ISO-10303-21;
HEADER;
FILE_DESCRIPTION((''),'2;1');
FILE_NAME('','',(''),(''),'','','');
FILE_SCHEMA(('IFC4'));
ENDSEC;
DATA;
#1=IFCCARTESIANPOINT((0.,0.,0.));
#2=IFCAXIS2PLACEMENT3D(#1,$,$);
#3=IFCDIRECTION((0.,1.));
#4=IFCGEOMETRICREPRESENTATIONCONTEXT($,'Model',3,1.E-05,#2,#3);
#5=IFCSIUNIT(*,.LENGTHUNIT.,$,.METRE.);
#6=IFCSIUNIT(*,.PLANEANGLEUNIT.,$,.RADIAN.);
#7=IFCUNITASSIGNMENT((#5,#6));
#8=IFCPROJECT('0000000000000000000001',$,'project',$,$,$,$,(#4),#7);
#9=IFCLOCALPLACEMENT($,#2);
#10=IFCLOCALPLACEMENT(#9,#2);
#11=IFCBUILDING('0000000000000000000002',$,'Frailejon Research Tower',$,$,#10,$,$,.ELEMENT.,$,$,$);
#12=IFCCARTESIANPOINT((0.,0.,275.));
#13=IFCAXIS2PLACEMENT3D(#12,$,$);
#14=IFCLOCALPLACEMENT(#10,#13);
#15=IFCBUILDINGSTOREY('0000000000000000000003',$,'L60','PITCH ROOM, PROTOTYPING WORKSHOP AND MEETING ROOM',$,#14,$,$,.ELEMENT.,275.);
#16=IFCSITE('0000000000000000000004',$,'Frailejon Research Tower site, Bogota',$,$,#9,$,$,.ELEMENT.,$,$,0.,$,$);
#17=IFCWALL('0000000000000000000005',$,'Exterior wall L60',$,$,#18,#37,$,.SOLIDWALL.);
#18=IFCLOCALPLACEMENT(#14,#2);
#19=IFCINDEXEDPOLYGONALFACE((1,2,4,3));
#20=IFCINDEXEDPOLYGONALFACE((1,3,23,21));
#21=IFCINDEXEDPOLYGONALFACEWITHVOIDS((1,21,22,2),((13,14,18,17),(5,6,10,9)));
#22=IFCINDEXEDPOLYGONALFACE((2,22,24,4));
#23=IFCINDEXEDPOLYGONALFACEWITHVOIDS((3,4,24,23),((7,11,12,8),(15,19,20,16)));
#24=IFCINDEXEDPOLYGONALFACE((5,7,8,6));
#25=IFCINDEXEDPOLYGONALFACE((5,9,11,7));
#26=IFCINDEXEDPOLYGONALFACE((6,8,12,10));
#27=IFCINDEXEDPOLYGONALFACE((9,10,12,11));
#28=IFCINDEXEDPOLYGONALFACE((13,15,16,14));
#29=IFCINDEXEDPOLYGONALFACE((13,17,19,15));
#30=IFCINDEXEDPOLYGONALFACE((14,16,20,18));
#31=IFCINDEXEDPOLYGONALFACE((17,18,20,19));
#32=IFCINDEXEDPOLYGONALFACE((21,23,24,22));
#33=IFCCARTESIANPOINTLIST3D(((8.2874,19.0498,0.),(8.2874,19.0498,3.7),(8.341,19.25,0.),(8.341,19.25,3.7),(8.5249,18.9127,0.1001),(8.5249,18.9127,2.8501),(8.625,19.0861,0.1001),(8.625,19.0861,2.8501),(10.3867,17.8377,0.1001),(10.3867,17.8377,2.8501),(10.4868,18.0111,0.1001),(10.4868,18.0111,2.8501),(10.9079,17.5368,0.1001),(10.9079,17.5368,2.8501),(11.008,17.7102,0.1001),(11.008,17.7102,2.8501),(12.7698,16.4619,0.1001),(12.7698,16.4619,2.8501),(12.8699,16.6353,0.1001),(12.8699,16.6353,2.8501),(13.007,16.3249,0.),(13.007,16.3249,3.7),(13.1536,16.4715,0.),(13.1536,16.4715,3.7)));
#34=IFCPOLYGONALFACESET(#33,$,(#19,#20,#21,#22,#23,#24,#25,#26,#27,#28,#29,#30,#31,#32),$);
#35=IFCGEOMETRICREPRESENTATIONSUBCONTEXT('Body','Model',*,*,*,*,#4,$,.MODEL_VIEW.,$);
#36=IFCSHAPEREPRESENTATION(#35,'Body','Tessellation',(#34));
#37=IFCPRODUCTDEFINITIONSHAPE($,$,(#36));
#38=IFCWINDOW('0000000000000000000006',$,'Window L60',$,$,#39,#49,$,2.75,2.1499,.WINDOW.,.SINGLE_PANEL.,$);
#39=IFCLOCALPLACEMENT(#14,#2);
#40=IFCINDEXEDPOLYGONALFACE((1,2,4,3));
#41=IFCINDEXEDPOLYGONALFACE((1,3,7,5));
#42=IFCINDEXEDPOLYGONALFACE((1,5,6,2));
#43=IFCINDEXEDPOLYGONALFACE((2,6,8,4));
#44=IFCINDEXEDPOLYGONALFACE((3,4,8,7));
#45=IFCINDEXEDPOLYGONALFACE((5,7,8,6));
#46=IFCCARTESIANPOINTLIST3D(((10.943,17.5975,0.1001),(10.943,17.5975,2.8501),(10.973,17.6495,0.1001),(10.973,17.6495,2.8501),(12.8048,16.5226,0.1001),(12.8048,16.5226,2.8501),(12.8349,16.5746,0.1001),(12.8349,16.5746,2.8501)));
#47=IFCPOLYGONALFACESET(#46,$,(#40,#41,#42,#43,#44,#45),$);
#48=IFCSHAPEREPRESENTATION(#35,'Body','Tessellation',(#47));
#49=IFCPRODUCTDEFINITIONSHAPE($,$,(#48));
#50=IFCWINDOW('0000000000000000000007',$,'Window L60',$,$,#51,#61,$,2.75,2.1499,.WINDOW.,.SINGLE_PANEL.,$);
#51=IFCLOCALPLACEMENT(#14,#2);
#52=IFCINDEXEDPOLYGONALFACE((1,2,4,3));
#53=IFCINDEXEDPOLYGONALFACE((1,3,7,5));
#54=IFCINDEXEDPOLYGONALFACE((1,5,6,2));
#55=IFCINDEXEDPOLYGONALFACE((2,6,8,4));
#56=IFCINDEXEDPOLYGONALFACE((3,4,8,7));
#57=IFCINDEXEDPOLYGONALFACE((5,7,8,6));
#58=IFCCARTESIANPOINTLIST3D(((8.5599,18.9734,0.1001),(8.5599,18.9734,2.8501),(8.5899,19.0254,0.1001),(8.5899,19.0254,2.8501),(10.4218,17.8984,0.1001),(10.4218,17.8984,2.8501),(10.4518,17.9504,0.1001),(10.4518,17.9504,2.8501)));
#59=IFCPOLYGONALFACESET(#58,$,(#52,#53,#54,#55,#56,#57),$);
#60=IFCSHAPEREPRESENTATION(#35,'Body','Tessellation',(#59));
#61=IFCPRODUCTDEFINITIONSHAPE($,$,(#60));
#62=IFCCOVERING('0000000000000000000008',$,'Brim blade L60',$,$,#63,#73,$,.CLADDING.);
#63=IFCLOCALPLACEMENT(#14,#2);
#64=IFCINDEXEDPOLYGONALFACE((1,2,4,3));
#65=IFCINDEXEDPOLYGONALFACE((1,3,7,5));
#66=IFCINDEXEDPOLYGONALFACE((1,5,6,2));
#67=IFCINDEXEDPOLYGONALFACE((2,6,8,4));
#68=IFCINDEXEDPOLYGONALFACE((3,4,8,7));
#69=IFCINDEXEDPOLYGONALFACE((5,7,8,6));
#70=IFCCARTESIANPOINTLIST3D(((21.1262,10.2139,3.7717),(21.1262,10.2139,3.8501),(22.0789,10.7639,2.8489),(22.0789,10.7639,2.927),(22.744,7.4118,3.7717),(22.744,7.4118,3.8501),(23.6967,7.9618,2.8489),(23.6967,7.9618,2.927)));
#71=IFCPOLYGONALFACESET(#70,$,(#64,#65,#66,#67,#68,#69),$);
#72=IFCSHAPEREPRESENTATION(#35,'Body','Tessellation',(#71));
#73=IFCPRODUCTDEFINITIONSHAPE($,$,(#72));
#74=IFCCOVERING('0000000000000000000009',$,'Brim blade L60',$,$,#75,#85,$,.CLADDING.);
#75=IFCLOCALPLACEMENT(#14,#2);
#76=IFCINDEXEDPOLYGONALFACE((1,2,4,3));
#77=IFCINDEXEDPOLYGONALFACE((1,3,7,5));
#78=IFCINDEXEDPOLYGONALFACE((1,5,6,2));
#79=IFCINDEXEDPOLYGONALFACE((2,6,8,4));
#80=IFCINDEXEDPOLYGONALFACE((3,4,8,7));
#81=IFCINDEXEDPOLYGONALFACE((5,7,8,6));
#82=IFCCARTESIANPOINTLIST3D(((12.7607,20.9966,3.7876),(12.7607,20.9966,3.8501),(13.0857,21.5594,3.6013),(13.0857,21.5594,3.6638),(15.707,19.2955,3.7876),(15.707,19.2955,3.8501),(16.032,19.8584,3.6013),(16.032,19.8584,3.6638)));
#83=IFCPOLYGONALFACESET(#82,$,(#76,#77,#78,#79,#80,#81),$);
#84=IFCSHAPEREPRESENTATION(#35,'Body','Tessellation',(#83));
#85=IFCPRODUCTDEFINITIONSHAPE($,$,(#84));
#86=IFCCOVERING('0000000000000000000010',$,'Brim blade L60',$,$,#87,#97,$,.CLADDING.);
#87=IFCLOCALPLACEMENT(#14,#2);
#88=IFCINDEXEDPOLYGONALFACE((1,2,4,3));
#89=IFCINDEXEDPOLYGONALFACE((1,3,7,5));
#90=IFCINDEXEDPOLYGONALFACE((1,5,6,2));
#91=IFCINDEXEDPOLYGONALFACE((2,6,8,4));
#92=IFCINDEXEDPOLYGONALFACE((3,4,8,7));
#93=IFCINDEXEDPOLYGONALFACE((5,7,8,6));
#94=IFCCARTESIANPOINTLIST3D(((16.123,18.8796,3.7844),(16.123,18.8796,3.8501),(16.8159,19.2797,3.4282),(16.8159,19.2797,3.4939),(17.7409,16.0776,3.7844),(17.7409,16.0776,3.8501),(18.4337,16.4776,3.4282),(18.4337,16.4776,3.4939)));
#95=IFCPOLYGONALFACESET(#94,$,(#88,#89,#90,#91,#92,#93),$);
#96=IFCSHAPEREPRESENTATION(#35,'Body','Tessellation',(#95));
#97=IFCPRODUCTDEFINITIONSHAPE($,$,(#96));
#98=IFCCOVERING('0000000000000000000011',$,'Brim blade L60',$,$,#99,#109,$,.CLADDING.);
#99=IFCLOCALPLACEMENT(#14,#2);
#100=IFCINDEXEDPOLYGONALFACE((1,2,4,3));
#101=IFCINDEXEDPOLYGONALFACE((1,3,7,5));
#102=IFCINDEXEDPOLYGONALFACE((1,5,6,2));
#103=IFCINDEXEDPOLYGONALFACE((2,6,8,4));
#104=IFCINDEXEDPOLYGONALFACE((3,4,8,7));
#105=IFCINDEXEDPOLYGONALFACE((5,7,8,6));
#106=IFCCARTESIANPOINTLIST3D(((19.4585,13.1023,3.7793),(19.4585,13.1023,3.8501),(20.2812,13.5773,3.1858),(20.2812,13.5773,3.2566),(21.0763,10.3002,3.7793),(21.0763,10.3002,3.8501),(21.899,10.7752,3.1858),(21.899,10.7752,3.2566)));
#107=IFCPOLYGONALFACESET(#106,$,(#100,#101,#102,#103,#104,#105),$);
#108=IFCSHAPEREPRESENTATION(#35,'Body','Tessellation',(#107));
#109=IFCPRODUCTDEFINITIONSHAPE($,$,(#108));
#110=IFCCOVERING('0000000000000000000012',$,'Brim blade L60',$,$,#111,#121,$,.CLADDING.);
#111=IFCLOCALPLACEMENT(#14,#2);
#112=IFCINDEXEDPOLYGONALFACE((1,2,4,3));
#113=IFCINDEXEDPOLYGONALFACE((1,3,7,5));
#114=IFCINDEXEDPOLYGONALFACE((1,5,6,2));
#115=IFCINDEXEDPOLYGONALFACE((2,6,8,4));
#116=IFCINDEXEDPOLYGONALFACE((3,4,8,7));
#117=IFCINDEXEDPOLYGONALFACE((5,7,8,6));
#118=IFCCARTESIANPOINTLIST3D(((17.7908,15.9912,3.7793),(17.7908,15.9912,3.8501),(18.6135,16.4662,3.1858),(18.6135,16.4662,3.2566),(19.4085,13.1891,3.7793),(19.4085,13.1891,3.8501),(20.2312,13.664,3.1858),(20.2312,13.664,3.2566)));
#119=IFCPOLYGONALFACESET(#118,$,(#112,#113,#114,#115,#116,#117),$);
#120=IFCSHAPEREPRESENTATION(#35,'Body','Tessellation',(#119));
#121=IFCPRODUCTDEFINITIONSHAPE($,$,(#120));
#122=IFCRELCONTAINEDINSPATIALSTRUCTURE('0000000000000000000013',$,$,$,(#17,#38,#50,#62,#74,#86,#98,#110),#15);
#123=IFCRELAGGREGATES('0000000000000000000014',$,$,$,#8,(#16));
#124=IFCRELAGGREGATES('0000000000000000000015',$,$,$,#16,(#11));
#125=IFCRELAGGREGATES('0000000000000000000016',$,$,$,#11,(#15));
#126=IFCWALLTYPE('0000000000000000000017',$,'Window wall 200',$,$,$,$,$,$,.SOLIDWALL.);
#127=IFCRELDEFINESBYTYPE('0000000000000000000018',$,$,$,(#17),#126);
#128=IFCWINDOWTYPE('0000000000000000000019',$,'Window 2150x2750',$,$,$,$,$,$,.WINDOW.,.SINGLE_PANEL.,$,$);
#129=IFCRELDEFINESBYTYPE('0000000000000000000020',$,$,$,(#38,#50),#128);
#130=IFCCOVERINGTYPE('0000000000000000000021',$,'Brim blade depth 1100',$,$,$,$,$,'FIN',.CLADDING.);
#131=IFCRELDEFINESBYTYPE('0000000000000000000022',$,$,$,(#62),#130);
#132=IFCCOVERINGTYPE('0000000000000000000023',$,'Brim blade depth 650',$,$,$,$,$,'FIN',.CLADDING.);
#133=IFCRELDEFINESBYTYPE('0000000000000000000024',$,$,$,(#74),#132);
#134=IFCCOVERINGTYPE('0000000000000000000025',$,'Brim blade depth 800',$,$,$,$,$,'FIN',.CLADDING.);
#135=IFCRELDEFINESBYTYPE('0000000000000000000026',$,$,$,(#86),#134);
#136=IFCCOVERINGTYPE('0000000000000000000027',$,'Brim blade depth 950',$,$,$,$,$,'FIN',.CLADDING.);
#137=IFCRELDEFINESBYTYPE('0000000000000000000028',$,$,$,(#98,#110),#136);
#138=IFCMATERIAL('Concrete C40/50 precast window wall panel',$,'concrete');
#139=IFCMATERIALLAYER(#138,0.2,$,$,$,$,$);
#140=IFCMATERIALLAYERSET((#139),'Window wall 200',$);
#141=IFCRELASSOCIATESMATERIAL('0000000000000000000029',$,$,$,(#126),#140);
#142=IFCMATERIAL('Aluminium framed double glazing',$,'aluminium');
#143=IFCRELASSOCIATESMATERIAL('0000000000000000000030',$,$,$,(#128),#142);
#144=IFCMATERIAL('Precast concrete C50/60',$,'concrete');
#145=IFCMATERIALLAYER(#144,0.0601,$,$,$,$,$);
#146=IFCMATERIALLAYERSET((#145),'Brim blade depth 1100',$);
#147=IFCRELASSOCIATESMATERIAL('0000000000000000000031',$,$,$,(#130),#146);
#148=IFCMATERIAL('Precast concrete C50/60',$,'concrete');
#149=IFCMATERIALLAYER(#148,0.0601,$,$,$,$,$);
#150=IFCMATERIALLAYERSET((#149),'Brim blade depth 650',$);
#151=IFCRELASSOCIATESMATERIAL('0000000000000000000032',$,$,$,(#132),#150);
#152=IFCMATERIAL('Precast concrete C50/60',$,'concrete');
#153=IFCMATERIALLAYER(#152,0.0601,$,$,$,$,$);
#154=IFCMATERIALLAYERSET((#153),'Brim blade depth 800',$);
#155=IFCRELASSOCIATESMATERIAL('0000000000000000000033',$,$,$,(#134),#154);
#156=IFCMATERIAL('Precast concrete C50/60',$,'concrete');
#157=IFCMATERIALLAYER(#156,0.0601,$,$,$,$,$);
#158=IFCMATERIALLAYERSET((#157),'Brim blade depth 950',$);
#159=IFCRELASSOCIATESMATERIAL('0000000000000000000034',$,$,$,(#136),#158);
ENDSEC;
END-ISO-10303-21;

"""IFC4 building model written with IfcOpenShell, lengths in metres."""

from ifc_helpers import new_model, si_unit, direction, frame, frame_2d, origin, place, context, subcontext, project, spatial, polyline, rectangle, outline, extrude, material, layer, layer_set, type_object, element, fill, save


model = new_model("IFC4")

# Units and contexts
model_context = context("Model", 3, precision=1e-05, world=origin(), true_north=direction((0.0, 1.0)))
body_context = subcontext(model_context, "Body", "Model", "MODEL_VIEW")
ifc_project = project(units=[si_unit("LENGTHUNIT", "METRE"), si_unit("PLANEANGLEUNIT", "RADIAN")], contexts=[model_context])

# Site, building, storey
site_placement = place(None, origin())
site = spatial("IfcSite", under=ifc_project, at=site_placement, Name="Frailejon Research Tower site, Bogota", CompositionType="ELEMENT", RefElevation=0.0)
building_placement = place(site_placement, origin())
building = spatial("IfcBuilding", under=site, at=building_placement, Name="Frailejon Research Tower", CompositionType="ELEMENT")
storey_placement = place(building_placement, frame((0.0, 0.0, 275.0)))
storey = spatial("IfcBuildingStorey", under=building, at=storey_placement, Name="L60", Description="PITCH ROOM, PROTOTYPING WORKSHOP AND MEETING ROOM", CompositionType="ELEMENT", Elevation=275.0)

# Wall, openings, windows
ifc_material_1 = material(Name="Concrete C40/50 precast window wall panel", Category="concrete")
ifc_layer_1 = layer(ifc_material_1, 0.2)
ifc_layer_set_1 = layer_set([ifc_layer_1], Name="Window wall 200")
wall_type = type_object("IfcWallType", Name="Window wall 200", PredefinedType="SOLIDWALL", material=ifc_layer_set_1)
wall_placement = place(storey_placement, frame((13.0803, 16.3982, 0.0), z_axis=(0.0, 0.0, 1.0), x_axis=(-0.866026, 0.499999, 0.0)))
wall = element("IfcWall", 1, at=wall_placement, inside=storey, type_object=wall_type, Name="Exterior wall L60", PredefinedType="SOLIDWALL", context=body_context, shape_type="SweptSolid", body=[
    extrude(outline(polyline([(-0.0269, -0.1001), (1.0845, -0.1001), (2.196, -0.1001), (3.3074, -0.1001), (4.4189, -0.1001), (5.5303, -0.1001), (5.4766, 0.1001), (4.3867, 0.1001), (3.2966, 0.1001), (2.2068, 0.1001), (1.1167, 0.1001), (0.0269, 0.1001), (-0.0269, -0.1001)])), origin(), (0.0, 0.0, 1.0), 3.7),
])
opening_1_placement = place(wall_placement, frame((0.3008, 0.0, 0.1001)))
opening_1 = element("IfcOpeningElement", 2, at=opening_1_placement, cuts=wall, PredefinedType="OPENING", context=body_context, shape_type="SweptSolid", body=[
    extrude(rectangle(XDim=2.1499, YDim=2.75, at=frame_2d((1.075, 1.375))), frame((0.0, 0.1099, 0.0), z_axis=(0.0, -1.0, 0.0), x_axis=(1.0, 0.0, 0.0)), (0.0, 0.0, 1.0), 0.22),
])
opening_2_placement = place(wall_placement, frame((3.0525, 0.0, 0.1001)))
opening_2 = element("IfcOpeningElement", 3, at=opening_2_placement, cuts=wall, PredefinedType="OPENING", context=body_context, shape_type="SweptSolid", body=[
    extrude(rectangle(XDim=2.1499, YDim=2.75, at=frame_2d((1.075, 1.375))), frame((0.0, 0.1099, 0.0), z_axis=(0.0, -1.0, 0.0), x_axis=(1.0, 0.0, 0.0)), (0.0, 0.0, 1.0), 0.22),
])
ifc_material_2 = material(Name="Aluminium framed double glazing", Category="aluminium")
window_type = type_object("IfcWindowType", Name="Window 2150x2750", PartitioningType="SINGLE_PANEL", PredefinedType="WINDOW", material=ifc_material_2)
window_1_placement = place(opening_1_placement, origin())
window_1 = element("IfcWindow", 4, at=window_1_placement, inside=storey, type_object=window_type, Name="Window L60", OverallHeight=2.75, OverallWidth=2.1499, PartitioningType="SINGLE_PANEL", PredefinedType="WINDOW", context=body_context, shape_type="SweptSolid", body=[
    extrude(rectangle(XDim=2.1499, YDim=2.75, at=frame_2d((1.075, 1.375))), frame((0.0, 0.03, 0.0), z_axis=(0.0, -1.0, 0.0), x_axis=(1.0, 0.0, 0.0)), (0.0, 0.0, 1.0), 0.0601),
])
fill(opening_1, window_1)
window_2_placement = place(opening_2_placement, origin())
window_2 = element("IfcWindow", 5, at=window_2_placement, inside=storey, type_object=window_type, Name="Window L60", OverallHeight=2.75, OverallWidth=2.1499, PartitioningType="SINGLE_PANEL", PredefinedType="WINDOW", context=body_context, shape_type="SweptSolid", body=[
    extrude(rectangle(XDim=2.1499, YDim=2.75, at=frame_2d((1.075, 1.375))), frame((0.0, 0.03, 0.0), z_axis=(0.0, -1.0, 0.0), x_axis=(1.0, 0.0, 0.0)), (0.0, 0.0, 1.0), 0.0601),
])
fill(opening_2, window_2)

# Coverings
ifc_material_3 = material(Name="Precast concrete C50/60", Category="concrete")
ifc_layer_2 = layer(ifc_material_3, 0.0601)
ifc_layer_set_2 = layer_set([ifc_layer_2], Name="Brim blade depth 1100")
covering_type_1 = type_object("IfcCoveringType", Name="Brim blade depth 1100", ElementType="FIN", PredefinedType="CLADDING", material=ifc_layer_set_2)
covering_1_placement = place(storey_placement, frame((21.1262, 10.2139, 3.8501), z_axis=(0.500002, -0.866024, 0.0), x_axis=(0.866024, 0.500002, 0.0)))
element("IfcCovering", 6, at=covering_1_placement, inside=storey, type_object=covering_type_1, Name="Brim blade L60", PredefinedType="CLADDING", context=body_context, shape_type="SweptSolid", body=[
    extrude(outline(polyline([(0.0, -0.0784), (1.1001, -1.0012), (1.1001, -0.9231), (0.0, 0.0), (0.0, -0.0784)])), origin(), (0.0, 0.0, 1.0), 3.2356),
])
ifc_material_4 = material(Name="Precast concrete C50/60", Category="concrete")
ifc_layer_3 = layer(ifc_material_4, 0.0601)
ifc_layer_set_3 = layer_set([ifc_layer_3], Name="Brim blade depth 650")
covering_type_2 = type_object("IfcCoveringType", Name="Brim blade depth 650", ElementType="FIN", PredefinedType="CLADDING", material=ifc_layer_set_3)
covering_2_placement = place(storey_placement, frame((12.7607, 20.9966, 3.8501), z_axis=(0.866024, -0.500003, 0.0), x_axis=(0.500003, 0.866024, 0.0)))
element("IfcCovering", 7, at=covering_2_placement, inside=storey, type_object=covering_type_2, Name="Brim blade L60", PredefinedType="CLADDING", context=body_context, shape_type="SweptSolid", body=[
    extrude(outline(polyline([(0.0, -0.0625), (0.6499, -0.2488), (0.6499, -0.1863), (0.0, 0.0), (0.0, -0.0625)])), origin(), (0.0, 0.0, 1.0), 3.4021),
])
ifc_material_5 = material(Name="Precast concrete C50/60", Category="concrete")
ifc_layer_4 = layer(ifc_material_5, 0.0601)
ifc_layer_set_4 = layer_set([ifc_layer_4], Name="Brim blade depth 800")
covering_type_3 = type_object("IfcCoveringType", Name="Brim blade depth 800", ElementType="FIN", PredefinedType="CLADDING", material=ifc_layer_set_4)
covering_3_placement = place(storey_placement, frame((16.123, 18.8796, 3.8501), z_axis=(0.500015, -0.866017, 0.0), x_axis=(0.866017, 0.500015, 0.0)))
element("IfcCovering", 8, at=covering_3_placement, inside=storey, type_object=covering_type_3, Name="Brim blade L60", PredefinedType="CLADDING", context=body_context, shape_type="SweptSolid", body=[
    extrude(outline(polyline([(0.0, -0.0657), (0.8, -0.4219), (0.8, -0.3562), (0.0, 0.0), (0.0, -0.0657)])), origin(), (0.0, 0.0, 1.0), 3.2356),
])
ifc_material_6 = material(Name="Precast concrete C50/60", Category="concrete")
ifc_layer_5 = layer(ifc_material_6, 0.0601)
ifc_layer_set_5 = layer_set([ifc_layer_5], Name="Brim blade depth 950")
covering_type_4 = type_object("IfcCoveringType", Name="Brim blade depth 950", ElementType="FIN", PredefinedType="CLADDING", material=ifc_layer_set_5)
for number, where, z_axis, x_axis, name in (
    (9, (19.4585, 13.1023, 3.8501), (0.500015, -0.866017, 0.0), (0.866017, 0.500015, 0.0), "Brim blade L60"),
    (10, (17.7908, 15.9912, 3.8501), (0.499979, -0.866037, 0.0), (0.866037, 0.499979, 0.0), "Brim blade L60"),
):
    element("IfcCovering", number, at=place(storey_placement, frame(where, z_axis=z_axis, x_axis=x_axis)), inside=storey, type_object=covering_type_4, Name=name, PredefinedType="CLADDING", context=body_context, shape_type="SweptSolid", body=[
        extrude(outline(polyline([(0.0, -0.0708), (0.95, -0.6643), (0.95, -0.5935), (0.0, 0.0), (0.0, -0.0708)])), origin(), (0.0, 0.0, 1.0), 3.2356),
    ])

save(model, "model.ifc")
